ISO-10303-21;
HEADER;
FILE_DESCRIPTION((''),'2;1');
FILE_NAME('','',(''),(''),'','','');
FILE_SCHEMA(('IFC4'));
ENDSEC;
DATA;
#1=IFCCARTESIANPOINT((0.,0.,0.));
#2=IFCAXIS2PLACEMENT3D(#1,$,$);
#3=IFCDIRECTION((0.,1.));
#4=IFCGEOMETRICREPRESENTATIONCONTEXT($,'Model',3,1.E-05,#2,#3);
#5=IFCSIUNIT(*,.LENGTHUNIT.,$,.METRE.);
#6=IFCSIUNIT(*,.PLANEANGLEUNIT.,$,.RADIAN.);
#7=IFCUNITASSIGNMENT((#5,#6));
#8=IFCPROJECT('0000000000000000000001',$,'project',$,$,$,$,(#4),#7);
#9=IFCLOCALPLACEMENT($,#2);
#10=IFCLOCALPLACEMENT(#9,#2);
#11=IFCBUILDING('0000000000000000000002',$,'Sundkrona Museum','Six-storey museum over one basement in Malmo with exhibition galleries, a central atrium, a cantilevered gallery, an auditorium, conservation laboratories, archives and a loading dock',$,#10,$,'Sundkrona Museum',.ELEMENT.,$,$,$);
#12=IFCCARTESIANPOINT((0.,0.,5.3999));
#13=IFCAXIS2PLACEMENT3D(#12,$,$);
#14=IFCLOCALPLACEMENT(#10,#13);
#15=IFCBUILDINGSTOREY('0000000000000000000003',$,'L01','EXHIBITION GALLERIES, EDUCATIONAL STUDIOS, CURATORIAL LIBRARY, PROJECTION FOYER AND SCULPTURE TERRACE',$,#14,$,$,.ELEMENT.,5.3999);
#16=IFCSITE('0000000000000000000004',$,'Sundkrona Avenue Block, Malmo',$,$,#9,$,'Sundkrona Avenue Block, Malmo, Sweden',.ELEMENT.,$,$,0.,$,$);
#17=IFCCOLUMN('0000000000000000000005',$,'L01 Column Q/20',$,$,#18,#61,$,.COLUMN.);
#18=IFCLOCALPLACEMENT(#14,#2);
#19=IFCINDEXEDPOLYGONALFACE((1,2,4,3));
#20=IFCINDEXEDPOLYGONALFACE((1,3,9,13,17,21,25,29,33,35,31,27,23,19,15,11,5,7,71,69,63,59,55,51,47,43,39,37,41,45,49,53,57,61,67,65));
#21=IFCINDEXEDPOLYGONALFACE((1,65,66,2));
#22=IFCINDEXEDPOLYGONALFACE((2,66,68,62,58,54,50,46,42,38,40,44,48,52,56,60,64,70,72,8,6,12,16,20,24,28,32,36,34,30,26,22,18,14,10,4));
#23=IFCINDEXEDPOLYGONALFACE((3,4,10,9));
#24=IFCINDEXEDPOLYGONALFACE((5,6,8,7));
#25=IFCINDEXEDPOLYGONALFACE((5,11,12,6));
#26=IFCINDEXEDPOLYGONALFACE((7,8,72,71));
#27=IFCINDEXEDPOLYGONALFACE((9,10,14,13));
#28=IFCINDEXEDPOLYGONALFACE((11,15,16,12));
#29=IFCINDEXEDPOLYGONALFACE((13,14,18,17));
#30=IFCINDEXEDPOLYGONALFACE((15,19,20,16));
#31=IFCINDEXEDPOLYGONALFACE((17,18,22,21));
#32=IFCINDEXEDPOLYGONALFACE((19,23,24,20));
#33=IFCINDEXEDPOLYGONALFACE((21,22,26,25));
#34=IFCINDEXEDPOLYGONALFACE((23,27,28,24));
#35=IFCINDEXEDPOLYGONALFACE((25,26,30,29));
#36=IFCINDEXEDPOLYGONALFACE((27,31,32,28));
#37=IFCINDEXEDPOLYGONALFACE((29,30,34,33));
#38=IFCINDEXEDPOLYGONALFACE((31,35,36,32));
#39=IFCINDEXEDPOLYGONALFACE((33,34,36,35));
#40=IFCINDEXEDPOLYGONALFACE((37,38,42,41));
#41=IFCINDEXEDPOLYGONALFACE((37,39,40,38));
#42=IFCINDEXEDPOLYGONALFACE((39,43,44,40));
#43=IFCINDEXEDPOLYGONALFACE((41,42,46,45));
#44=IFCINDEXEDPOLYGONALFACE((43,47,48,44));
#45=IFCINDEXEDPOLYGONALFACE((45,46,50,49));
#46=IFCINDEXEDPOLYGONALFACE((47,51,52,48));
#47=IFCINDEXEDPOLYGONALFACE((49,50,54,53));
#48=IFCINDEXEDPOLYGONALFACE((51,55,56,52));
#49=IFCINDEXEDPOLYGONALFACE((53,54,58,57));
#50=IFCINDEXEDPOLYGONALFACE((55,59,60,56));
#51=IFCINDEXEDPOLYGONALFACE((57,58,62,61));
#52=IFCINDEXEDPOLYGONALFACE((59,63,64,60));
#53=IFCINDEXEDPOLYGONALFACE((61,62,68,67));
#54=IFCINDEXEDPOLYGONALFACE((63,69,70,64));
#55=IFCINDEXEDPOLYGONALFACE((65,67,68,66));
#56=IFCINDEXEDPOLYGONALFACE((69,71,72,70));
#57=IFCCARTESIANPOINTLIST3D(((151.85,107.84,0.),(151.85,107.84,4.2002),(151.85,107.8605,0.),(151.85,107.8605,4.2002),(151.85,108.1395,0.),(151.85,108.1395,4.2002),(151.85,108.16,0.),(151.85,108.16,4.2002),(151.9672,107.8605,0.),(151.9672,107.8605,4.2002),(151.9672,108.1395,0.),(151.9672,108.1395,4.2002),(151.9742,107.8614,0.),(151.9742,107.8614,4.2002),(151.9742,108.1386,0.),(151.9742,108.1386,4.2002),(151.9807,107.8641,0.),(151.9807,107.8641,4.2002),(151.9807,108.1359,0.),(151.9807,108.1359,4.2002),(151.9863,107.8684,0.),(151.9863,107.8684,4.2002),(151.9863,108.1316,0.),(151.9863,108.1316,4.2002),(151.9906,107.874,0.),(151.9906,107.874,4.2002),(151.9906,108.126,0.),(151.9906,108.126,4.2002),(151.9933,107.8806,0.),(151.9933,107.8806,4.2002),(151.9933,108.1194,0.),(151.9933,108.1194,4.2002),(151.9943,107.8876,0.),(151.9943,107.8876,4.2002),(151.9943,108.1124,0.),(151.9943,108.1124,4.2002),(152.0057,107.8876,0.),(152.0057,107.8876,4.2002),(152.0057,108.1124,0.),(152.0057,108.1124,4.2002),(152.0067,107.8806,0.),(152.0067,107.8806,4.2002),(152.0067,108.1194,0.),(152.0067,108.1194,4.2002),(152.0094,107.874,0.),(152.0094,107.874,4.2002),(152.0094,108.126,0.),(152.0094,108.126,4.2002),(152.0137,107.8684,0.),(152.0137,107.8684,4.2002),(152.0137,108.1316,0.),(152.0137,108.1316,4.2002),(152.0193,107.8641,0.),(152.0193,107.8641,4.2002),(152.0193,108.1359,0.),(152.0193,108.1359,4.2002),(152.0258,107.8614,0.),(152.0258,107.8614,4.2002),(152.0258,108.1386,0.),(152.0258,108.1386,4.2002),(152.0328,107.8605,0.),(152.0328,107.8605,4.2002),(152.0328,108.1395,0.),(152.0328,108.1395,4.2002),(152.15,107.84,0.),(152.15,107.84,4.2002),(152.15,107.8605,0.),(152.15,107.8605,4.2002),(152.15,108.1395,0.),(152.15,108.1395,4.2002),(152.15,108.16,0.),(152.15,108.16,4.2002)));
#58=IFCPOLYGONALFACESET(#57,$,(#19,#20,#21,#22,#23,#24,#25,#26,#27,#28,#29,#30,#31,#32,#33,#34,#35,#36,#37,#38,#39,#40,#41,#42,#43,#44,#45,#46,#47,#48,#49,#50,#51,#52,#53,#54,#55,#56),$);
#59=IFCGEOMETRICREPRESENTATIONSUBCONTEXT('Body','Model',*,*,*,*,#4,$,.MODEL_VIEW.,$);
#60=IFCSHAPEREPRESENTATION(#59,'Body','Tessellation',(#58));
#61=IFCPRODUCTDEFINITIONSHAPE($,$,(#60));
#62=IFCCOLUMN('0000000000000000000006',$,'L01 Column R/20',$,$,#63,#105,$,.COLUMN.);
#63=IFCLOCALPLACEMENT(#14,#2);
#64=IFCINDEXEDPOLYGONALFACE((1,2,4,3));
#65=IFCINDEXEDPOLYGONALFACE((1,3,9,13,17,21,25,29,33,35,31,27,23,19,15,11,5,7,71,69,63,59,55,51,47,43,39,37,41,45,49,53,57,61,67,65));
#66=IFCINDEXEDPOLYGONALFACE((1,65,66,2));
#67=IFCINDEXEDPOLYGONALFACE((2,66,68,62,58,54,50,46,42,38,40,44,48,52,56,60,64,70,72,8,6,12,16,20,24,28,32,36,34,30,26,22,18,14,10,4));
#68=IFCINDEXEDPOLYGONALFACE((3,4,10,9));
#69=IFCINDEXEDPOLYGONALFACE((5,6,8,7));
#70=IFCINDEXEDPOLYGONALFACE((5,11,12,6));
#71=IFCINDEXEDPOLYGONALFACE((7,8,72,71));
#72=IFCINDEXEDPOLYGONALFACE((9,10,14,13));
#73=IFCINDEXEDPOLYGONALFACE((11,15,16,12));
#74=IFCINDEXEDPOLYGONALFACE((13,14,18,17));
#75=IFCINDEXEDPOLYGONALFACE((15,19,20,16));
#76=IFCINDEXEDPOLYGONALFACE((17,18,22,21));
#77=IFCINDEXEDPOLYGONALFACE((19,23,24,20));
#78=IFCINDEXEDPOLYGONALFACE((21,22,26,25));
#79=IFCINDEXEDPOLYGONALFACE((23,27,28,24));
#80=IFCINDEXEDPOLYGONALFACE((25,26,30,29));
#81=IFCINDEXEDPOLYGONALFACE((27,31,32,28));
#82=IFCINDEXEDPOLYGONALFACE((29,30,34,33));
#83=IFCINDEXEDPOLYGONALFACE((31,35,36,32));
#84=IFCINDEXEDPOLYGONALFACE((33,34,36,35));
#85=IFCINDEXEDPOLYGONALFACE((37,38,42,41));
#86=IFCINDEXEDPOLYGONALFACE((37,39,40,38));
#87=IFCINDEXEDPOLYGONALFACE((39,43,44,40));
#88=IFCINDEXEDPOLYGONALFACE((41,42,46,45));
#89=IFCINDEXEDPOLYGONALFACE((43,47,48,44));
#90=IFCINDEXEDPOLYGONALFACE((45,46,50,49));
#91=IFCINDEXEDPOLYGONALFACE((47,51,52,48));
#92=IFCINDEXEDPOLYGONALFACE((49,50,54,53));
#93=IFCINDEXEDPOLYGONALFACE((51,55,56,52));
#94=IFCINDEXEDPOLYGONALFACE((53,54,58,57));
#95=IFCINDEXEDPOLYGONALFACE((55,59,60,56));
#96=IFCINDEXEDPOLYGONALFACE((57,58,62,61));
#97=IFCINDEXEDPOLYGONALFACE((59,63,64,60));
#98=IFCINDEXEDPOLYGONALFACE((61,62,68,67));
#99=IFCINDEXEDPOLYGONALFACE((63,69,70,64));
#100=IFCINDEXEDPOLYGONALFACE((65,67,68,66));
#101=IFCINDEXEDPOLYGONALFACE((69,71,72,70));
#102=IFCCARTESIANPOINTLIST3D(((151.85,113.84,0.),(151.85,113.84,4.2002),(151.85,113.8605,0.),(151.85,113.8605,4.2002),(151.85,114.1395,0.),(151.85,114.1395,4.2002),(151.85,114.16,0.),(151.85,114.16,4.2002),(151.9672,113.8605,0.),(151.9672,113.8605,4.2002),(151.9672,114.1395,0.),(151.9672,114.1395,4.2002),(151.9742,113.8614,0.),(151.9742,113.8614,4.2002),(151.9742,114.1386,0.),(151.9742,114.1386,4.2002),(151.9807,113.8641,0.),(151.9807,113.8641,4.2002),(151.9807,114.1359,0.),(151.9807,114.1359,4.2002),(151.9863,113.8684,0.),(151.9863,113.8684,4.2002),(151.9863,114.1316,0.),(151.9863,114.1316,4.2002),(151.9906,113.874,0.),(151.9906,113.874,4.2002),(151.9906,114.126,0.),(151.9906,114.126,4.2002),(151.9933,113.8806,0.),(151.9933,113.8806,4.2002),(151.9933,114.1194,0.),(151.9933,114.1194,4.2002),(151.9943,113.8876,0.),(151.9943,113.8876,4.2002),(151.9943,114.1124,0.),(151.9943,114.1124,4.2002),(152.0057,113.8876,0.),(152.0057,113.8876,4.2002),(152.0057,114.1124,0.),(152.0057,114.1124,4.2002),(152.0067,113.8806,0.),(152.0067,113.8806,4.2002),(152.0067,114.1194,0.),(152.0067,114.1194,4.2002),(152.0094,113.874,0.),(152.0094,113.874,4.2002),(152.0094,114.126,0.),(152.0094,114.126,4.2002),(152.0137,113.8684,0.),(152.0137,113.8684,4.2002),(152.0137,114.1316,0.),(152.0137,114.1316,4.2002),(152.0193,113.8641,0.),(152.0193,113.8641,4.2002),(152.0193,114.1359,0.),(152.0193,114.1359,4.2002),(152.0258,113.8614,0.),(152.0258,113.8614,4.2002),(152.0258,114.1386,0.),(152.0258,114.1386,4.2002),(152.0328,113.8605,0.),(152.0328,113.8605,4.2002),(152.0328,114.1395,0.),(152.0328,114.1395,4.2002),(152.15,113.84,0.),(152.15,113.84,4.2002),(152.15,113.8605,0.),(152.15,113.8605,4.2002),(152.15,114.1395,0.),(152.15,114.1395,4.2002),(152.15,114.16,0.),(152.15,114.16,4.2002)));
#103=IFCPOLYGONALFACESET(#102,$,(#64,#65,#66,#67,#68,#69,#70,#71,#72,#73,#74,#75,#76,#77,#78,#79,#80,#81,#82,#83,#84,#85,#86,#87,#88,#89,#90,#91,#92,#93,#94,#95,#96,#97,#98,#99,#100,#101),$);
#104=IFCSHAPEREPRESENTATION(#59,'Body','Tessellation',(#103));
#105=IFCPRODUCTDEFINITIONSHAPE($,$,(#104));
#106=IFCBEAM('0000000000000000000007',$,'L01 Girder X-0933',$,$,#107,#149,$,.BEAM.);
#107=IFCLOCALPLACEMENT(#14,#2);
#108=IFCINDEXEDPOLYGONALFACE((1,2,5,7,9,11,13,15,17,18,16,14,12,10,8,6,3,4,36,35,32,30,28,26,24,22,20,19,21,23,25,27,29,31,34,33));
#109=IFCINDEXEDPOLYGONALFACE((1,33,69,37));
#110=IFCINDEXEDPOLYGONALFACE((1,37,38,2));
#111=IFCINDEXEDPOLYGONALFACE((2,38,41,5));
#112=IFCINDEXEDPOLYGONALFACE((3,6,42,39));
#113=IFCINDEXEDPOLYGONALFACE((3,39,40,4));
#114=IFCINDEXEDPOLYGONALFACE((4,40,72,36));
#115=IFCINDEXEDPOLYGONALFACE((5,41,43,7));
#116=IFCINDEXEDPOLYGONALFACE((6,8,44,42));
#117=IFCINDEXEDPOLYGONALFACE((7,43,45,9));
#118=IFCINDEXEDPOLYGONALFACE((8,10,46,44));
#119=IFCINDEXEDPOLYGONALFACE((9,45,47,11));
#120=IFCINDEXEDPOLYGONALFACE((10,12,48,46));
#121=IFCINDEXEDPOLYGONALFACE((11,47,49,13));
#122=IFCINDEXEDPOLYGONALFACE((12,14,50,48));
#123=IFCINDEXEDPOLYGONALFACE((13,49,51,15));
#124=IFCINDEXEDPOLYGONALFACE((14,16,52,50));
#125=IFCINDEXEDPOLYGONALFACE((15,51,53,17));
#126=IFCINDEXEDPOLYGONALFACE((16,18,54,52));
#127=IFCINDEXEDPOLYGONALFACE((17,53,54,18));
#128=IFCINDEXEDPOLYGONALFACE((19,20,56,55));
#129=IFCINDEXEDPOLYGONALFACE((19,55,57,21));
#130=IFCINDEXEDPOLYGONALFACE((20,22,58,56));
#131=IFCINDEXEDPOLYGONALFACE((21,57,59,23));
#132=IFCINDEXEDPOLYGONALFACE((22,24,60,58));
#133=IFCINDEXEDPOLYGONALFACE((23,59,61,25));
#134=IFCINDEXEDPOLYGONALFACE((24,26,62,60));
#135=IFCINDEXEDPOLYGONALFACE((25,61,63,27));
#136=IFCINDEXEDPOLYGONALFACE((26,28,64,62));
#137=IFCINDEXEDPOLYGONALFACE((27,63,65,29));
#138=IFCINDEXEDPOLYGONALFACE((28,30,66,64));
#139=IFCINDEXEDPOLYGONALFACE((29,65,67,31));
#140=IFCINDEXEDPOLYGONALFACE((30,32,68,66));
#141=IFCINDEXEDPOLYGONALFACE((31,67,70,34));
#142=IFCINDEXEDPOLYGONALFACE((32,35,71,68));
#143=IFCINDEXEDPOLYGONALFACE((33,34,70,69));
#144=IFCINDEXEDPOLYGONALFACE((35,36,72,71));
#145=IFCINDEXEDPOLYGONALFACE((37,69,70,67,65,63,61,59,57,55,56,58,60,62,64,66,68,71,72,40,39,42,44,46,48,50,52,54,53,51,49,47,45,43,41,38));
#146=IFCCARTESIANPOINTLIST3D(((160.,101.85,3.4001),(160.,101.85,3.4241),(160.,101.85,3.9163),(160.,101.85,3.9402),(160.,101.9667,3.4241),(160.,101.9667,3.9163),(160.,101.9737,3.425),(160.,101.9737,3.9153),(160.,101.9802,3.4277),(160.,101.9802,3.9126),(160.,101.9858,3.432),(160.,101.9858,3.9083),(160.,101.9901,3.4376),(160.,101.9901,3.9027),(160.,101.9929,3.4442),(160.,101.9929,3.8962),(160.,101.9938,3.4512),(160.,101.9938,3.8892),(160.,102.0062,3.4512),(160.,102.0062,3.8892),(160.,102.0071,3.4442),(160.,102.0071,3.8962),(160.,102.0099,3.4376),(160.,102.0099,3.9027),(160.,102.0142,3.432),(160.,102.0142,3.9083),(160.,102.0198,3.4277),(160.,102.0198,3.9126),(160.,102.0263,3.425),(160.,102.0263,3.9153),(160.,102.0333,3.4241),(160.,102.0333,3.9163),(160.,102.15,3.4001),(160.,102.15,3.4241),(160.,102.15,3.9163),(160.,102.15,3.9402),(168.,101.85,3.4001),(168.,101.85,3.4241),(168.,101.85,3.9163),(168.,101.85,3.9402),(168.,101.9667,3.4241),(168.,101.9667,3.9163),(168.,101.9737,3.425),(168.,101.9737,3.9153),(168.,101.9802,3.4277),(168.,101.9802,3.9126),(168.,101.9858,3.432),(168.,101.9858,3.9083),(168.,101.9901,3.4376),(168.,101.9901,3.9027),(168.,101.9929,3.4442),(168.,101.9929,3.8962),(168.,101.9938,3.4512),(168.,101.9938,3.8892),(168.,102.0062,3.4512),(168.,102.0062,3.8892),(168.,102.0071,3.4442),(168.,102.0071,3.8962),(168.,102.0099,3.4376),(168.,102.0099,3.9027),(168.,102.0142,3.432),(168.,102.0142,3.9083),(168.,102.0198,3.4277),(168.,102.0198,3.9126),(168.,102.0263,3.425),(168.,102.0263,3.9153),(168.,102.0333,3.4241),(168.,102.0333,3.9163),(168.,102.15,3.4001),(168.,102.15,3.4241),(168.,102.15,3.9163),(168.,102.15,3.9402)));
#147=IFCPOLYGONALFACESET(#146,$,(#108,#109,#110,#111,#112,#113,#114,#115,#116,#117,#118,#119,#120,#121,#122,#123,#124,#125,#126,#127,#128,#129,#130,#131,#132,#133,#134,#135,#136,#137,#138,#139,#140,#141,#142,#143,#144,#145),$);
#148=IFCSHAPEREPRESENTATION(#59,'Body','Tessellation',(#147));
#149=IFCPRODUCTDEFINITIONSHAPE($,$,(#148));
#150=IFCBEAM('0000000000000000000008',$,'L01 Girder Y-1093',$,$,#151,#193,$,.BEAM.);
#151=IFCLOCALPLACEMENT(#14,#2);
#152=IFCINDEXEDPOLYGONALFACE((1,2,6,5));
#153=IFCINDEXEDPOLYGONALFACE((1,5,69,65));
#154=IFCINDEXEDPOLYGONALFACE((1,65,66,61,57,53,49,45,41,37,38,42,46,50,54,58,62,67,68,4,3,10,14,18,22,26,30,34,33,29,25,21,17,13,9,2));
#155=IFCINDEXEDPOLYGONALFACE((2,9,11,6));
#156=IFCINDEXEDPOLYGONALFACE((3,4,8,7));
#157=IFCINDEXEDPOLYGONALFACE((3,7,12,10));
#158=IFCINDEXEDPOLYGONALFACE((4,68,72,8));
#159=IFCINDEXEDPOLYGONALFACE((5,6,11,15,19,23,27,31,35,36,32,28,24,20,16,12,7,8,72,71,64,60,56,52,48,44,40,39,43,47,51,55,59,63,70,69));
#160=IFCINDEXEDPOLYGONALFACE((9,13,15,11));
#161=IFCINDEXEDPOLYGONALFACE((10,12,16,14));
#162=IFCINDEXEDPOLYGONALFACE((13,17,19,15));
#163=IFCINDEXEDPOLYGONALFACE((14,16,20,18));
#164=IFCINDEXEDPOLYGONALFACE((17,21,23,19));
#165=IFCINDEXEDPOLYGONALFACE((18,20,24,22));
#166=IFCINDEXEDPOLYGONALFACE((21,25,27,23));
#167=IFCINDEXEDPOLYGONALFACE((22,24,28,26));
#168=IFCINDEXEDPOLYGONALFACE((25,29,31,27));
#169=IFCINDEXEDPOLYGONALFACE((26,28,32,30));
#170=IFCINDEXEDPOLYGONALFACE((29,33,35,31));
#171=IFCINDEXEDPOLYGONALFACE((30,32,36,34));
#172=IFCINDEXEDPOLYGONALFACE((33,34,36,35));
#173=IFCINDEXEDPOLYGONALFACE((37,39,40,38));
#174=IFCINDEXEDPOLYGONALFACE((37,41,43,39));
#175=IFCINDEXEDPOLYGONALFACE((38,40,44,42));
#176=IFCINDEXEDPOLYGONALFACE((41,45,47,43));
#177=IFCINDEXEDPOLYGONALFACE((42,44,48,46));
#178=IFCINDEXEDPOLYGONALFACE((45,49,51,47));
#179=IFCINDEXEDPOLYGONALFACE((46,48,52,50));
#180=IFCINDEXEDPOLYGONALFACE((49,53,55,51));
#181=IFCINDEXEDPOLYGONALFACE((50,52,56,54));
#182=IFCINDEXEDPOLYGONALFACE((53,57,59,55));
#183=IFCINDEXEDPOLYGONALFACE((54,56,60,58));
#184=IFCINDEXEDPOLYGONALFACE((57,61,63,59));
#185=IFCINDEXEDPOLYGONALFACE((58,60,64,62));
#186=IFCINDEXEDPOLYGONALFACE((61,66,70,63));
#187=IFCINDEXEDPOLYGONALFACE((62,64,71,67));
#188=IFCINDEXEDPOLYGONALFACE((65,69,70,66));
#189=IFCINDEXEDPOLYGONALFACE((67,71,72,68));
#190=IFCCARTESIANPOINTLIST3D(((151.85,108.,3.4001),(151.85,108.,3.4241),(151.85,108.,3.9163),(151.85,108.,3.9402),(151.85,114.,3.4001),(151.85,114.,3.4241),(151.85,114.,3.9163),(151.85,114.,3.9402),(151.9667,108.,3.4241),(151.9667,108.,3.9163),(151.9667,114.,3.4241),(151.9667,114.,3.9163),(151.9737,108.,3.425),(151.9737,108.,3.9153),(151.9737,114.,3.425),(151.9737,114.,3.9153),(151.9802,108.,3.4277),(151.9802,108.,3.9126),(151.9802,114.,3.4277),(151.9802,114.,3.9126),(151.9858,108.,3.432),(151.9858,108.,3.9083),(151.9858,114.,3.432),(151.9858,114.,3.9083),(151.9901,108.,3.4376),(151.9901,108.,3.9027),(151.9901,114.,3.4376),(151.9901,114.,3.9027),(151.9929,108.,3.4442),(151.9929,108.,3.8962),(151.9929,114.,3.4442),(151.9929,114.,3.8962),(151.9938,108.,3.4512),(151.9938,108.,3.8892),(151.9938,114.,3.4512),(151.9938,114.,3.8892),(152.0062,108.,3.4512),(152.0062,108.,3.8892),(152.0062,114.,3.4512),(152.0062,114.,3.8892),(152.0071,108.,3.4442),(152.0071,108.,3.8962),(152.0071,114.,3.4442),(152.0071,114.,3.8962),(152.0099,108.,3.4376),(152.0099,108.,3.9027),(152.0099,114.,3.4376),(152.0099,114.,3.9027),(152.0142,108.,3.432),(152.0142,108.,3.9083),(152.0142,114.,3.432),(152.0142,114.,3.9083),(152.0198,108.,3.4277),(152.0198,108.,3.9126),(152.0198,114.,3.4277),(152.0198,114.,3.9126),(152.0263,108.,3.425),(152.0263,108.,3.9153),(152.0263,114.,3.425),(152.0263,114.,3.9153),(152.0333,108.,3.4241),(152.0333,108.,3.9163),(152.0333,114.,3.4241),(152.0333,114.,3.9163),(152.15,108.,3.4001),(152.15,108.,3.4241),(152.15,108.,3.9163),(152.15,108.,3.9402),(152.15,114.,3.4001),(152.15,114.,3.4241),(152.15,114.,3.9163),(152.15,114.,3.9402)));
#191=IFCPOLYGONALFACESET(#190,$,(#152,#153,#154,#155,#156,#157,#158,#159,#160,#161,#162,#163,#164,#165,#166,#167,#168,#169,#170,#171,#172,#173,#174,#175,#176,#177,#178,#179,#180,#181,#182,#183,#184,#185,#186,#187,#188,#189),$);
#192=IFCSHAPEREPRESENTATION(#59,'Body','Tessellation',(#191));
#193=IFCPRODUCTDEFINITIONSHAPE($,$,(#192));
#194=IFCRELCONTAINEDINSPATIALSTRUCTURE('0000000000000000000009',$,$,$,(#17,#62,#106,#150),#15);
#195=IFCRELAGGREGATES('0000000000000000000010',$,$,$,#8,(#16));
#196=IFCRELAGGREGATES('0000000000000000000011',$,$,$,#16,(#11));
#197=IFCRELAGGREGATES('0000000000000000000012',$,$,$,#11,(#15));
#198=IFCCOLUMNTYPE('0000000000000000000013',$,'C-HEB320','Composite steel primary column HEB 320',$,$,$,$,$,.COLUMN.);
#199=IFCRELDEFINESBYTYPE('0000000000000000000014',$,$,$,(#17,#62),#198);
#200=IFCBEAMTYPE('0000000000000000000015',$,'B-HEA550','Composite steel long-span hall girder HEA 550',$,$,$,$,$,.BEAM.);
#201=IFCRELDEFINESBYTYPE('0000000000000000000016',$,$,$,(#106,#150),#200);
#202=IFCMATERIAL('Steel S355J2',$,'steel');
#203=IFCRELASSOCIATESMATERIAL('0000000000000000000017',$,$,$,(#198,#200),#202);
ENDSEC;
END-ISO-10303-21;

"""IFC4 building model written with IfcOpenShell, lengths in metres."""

from ifc_helpers import new_model, si_unit, direction, frame, origin, origin_2d, place, context, subcontext, project, spatial, i_section, extrude, material, material_profile, profile_set, type_object, element, save


model = new_model("IFC4")

# Units and contexts
model_context = context("Model", 3, precision=1e-05, world=origin(), true_north=direction((0.0, 1.0)))
body_context = subcontext(model_context, "Body", "Model", "MODEL_VIEW")
ifc_project = project(units=[si_unit("LENGTHUNIT", "METRE"), si_unit("PLANEANGLEUNIT", "RADIAN")], contexts=[model_context])

# Site, building, storey
site_placement = place(None, origin())
site = spatial("IfcSite", under=ifc_project, at=site_placement, Name="Sundkrona Avenue Block, Malmo", LongName="Sundkrona Avenue Block, Malmo, Sweden", CompositionType="ELEMENT", RefElevation=0.0)
building_placement = place(site_placement, origin())
building = spatial("IfcBuilding", under=site, at=building_placement, Name="Sundkrona Museum", Description="Six-storey museum over one basement in Malmo with exhibition galleries, a central atrium, a cantilevered gallery, an auditorium, conservation laboratories, archives and a loading dock", LongName="Sundkrona Museum", CompositionType="ELEMENT")
storey_placement = place(building_placement, frame((0.0, 0.0, 5.3999)))
storey = spatial("IfcBuildingStorey", under=building, at=storey_placement, Name="L01", Description="EXHIBITION GALLERIES, EDUCATIONAL STUDIOS, CURATORIAL LIBRARY, PROJECTION FOYER AND SCULPTURE TERRACE", CompositionType="ELEMENT", Elevation=5.3999)

# Columns
ifc_material_1 = material(Name="Steel S355J2", Category="steel")
ifc_material_profile_1 = material_profile(ifc_material_1, i_section(OverallWidth=0.3, OverallDepth=0.3201, WebThickness=0.0115, FlangeThickness=0.0205, FilletRadius=0.0271, at=origin_2d()), Name="HEB 320")
ifc_profile_set_1 = profile_set([ifc_material_profile_1], Name="Steel S355J2")
column_type = type_object("IfcColumnType", Name="C-HEB320", Description="Composite steel primary column HEB 320", PredefinedType="COLUMN", material=ifc_profile_set_1)
for number, where, z_axis, x_axis, name in (
    (1, (152.0, 108.0, 0.0), (0.0, 0.0, 1.0), (1.0, 0.0, 0.0), "L01 Column Q/20"),
    (2, (152.0, 114.0, 0.0), (0.0, 0.0, 1.0), (1.0, 0.0, 0.0), "L01 Column R/20"),
):
    element("IfcColumn", number, at=place(storey_placement, frame(where, z_axis=z_axis, x_axis=x_axis)), inside=storey, type_object=column_type, Name=name, PredefinedType="COLUMN", context=body_context, shape_type="SweptSolid", body=[
        extrude(i_section(OverallWidth=0.3, OverallDepth=0.3201, WebThickness=0.0115, FlangeThickness=0.0205, FilletRadius=0.0271, at=origin_2d()), origin(), (0.0, 0.0, 1.0), 4.2002),
    ])

# Beams
ifc_material_profile_2 = material_profile(ifc_material_1, i_section(OverallWidth=0.3, OverallDepth=0.54, WebThickness=0.0125, FlangeThickness=0.0239, FilletRadius=0.0271, at=origin_2d()), Name="HEA 550")
ifc_profile_set_2 = profile_set([ifc_material_profile_2], Name="Steel S355J2")
beam_type_1 = type_object("IfcBeamType", Name="B-HEA550", Description="Composite steel long-span hall girder HEA 550", PredefinedType="BEAM", material=ifc_profile_set_2)
beam_1_placement = place(storey_placement, frame((160.0, 102.0, 3.6702), z_axis=(1.0, 0.0, 0.0), x_axis=(0.0, 1.0, 0.0)))
element("IfcBeam", 3, at=beam_1_placement, inside=storey, type_object=beam_type_1, Name="L01 Girder X-0933", PredefinedType="BEAM", context=body_context, shape_type="SweptSolid", body=[
    extrude(i_section(OverallWidth=0.3, OverallDepth=0.54, WebThickness=0.0125, FlangeThickness=0.0239, FilletRadius=0.0271, at=origin_2d()), origin(), (0.0, 0.0, 1.0), 8.0),
])
for number, where, z_axis, x_axis, name in (
    (4, (152.0, 108.0, 3.6702), (0.0, 1.0, 0.0), (-1.0, 0.0, 0.0), "L01 Girder Y-1093"),
):
    element("IfcBeam", number, at=place(storey_placement, frame(where, z_axis=z_axis, x_axis=x_axis)), inside=storey, type_object=beam_type_1, Name=name, PredefinedType="BEAM", context=body_context, shape_type="SweptSolid", body=[
        extrude(i_section(OverallWidth=0.3, OverallDepth=0.54, WebThickness=0.0125, FlangeThickness=0.0239, FilletRadius=0.0271, at=origin_2d()), origin(), (0.0, 0.0, 1.0), 6.0),
    ])

save(model, "model.ifc")
